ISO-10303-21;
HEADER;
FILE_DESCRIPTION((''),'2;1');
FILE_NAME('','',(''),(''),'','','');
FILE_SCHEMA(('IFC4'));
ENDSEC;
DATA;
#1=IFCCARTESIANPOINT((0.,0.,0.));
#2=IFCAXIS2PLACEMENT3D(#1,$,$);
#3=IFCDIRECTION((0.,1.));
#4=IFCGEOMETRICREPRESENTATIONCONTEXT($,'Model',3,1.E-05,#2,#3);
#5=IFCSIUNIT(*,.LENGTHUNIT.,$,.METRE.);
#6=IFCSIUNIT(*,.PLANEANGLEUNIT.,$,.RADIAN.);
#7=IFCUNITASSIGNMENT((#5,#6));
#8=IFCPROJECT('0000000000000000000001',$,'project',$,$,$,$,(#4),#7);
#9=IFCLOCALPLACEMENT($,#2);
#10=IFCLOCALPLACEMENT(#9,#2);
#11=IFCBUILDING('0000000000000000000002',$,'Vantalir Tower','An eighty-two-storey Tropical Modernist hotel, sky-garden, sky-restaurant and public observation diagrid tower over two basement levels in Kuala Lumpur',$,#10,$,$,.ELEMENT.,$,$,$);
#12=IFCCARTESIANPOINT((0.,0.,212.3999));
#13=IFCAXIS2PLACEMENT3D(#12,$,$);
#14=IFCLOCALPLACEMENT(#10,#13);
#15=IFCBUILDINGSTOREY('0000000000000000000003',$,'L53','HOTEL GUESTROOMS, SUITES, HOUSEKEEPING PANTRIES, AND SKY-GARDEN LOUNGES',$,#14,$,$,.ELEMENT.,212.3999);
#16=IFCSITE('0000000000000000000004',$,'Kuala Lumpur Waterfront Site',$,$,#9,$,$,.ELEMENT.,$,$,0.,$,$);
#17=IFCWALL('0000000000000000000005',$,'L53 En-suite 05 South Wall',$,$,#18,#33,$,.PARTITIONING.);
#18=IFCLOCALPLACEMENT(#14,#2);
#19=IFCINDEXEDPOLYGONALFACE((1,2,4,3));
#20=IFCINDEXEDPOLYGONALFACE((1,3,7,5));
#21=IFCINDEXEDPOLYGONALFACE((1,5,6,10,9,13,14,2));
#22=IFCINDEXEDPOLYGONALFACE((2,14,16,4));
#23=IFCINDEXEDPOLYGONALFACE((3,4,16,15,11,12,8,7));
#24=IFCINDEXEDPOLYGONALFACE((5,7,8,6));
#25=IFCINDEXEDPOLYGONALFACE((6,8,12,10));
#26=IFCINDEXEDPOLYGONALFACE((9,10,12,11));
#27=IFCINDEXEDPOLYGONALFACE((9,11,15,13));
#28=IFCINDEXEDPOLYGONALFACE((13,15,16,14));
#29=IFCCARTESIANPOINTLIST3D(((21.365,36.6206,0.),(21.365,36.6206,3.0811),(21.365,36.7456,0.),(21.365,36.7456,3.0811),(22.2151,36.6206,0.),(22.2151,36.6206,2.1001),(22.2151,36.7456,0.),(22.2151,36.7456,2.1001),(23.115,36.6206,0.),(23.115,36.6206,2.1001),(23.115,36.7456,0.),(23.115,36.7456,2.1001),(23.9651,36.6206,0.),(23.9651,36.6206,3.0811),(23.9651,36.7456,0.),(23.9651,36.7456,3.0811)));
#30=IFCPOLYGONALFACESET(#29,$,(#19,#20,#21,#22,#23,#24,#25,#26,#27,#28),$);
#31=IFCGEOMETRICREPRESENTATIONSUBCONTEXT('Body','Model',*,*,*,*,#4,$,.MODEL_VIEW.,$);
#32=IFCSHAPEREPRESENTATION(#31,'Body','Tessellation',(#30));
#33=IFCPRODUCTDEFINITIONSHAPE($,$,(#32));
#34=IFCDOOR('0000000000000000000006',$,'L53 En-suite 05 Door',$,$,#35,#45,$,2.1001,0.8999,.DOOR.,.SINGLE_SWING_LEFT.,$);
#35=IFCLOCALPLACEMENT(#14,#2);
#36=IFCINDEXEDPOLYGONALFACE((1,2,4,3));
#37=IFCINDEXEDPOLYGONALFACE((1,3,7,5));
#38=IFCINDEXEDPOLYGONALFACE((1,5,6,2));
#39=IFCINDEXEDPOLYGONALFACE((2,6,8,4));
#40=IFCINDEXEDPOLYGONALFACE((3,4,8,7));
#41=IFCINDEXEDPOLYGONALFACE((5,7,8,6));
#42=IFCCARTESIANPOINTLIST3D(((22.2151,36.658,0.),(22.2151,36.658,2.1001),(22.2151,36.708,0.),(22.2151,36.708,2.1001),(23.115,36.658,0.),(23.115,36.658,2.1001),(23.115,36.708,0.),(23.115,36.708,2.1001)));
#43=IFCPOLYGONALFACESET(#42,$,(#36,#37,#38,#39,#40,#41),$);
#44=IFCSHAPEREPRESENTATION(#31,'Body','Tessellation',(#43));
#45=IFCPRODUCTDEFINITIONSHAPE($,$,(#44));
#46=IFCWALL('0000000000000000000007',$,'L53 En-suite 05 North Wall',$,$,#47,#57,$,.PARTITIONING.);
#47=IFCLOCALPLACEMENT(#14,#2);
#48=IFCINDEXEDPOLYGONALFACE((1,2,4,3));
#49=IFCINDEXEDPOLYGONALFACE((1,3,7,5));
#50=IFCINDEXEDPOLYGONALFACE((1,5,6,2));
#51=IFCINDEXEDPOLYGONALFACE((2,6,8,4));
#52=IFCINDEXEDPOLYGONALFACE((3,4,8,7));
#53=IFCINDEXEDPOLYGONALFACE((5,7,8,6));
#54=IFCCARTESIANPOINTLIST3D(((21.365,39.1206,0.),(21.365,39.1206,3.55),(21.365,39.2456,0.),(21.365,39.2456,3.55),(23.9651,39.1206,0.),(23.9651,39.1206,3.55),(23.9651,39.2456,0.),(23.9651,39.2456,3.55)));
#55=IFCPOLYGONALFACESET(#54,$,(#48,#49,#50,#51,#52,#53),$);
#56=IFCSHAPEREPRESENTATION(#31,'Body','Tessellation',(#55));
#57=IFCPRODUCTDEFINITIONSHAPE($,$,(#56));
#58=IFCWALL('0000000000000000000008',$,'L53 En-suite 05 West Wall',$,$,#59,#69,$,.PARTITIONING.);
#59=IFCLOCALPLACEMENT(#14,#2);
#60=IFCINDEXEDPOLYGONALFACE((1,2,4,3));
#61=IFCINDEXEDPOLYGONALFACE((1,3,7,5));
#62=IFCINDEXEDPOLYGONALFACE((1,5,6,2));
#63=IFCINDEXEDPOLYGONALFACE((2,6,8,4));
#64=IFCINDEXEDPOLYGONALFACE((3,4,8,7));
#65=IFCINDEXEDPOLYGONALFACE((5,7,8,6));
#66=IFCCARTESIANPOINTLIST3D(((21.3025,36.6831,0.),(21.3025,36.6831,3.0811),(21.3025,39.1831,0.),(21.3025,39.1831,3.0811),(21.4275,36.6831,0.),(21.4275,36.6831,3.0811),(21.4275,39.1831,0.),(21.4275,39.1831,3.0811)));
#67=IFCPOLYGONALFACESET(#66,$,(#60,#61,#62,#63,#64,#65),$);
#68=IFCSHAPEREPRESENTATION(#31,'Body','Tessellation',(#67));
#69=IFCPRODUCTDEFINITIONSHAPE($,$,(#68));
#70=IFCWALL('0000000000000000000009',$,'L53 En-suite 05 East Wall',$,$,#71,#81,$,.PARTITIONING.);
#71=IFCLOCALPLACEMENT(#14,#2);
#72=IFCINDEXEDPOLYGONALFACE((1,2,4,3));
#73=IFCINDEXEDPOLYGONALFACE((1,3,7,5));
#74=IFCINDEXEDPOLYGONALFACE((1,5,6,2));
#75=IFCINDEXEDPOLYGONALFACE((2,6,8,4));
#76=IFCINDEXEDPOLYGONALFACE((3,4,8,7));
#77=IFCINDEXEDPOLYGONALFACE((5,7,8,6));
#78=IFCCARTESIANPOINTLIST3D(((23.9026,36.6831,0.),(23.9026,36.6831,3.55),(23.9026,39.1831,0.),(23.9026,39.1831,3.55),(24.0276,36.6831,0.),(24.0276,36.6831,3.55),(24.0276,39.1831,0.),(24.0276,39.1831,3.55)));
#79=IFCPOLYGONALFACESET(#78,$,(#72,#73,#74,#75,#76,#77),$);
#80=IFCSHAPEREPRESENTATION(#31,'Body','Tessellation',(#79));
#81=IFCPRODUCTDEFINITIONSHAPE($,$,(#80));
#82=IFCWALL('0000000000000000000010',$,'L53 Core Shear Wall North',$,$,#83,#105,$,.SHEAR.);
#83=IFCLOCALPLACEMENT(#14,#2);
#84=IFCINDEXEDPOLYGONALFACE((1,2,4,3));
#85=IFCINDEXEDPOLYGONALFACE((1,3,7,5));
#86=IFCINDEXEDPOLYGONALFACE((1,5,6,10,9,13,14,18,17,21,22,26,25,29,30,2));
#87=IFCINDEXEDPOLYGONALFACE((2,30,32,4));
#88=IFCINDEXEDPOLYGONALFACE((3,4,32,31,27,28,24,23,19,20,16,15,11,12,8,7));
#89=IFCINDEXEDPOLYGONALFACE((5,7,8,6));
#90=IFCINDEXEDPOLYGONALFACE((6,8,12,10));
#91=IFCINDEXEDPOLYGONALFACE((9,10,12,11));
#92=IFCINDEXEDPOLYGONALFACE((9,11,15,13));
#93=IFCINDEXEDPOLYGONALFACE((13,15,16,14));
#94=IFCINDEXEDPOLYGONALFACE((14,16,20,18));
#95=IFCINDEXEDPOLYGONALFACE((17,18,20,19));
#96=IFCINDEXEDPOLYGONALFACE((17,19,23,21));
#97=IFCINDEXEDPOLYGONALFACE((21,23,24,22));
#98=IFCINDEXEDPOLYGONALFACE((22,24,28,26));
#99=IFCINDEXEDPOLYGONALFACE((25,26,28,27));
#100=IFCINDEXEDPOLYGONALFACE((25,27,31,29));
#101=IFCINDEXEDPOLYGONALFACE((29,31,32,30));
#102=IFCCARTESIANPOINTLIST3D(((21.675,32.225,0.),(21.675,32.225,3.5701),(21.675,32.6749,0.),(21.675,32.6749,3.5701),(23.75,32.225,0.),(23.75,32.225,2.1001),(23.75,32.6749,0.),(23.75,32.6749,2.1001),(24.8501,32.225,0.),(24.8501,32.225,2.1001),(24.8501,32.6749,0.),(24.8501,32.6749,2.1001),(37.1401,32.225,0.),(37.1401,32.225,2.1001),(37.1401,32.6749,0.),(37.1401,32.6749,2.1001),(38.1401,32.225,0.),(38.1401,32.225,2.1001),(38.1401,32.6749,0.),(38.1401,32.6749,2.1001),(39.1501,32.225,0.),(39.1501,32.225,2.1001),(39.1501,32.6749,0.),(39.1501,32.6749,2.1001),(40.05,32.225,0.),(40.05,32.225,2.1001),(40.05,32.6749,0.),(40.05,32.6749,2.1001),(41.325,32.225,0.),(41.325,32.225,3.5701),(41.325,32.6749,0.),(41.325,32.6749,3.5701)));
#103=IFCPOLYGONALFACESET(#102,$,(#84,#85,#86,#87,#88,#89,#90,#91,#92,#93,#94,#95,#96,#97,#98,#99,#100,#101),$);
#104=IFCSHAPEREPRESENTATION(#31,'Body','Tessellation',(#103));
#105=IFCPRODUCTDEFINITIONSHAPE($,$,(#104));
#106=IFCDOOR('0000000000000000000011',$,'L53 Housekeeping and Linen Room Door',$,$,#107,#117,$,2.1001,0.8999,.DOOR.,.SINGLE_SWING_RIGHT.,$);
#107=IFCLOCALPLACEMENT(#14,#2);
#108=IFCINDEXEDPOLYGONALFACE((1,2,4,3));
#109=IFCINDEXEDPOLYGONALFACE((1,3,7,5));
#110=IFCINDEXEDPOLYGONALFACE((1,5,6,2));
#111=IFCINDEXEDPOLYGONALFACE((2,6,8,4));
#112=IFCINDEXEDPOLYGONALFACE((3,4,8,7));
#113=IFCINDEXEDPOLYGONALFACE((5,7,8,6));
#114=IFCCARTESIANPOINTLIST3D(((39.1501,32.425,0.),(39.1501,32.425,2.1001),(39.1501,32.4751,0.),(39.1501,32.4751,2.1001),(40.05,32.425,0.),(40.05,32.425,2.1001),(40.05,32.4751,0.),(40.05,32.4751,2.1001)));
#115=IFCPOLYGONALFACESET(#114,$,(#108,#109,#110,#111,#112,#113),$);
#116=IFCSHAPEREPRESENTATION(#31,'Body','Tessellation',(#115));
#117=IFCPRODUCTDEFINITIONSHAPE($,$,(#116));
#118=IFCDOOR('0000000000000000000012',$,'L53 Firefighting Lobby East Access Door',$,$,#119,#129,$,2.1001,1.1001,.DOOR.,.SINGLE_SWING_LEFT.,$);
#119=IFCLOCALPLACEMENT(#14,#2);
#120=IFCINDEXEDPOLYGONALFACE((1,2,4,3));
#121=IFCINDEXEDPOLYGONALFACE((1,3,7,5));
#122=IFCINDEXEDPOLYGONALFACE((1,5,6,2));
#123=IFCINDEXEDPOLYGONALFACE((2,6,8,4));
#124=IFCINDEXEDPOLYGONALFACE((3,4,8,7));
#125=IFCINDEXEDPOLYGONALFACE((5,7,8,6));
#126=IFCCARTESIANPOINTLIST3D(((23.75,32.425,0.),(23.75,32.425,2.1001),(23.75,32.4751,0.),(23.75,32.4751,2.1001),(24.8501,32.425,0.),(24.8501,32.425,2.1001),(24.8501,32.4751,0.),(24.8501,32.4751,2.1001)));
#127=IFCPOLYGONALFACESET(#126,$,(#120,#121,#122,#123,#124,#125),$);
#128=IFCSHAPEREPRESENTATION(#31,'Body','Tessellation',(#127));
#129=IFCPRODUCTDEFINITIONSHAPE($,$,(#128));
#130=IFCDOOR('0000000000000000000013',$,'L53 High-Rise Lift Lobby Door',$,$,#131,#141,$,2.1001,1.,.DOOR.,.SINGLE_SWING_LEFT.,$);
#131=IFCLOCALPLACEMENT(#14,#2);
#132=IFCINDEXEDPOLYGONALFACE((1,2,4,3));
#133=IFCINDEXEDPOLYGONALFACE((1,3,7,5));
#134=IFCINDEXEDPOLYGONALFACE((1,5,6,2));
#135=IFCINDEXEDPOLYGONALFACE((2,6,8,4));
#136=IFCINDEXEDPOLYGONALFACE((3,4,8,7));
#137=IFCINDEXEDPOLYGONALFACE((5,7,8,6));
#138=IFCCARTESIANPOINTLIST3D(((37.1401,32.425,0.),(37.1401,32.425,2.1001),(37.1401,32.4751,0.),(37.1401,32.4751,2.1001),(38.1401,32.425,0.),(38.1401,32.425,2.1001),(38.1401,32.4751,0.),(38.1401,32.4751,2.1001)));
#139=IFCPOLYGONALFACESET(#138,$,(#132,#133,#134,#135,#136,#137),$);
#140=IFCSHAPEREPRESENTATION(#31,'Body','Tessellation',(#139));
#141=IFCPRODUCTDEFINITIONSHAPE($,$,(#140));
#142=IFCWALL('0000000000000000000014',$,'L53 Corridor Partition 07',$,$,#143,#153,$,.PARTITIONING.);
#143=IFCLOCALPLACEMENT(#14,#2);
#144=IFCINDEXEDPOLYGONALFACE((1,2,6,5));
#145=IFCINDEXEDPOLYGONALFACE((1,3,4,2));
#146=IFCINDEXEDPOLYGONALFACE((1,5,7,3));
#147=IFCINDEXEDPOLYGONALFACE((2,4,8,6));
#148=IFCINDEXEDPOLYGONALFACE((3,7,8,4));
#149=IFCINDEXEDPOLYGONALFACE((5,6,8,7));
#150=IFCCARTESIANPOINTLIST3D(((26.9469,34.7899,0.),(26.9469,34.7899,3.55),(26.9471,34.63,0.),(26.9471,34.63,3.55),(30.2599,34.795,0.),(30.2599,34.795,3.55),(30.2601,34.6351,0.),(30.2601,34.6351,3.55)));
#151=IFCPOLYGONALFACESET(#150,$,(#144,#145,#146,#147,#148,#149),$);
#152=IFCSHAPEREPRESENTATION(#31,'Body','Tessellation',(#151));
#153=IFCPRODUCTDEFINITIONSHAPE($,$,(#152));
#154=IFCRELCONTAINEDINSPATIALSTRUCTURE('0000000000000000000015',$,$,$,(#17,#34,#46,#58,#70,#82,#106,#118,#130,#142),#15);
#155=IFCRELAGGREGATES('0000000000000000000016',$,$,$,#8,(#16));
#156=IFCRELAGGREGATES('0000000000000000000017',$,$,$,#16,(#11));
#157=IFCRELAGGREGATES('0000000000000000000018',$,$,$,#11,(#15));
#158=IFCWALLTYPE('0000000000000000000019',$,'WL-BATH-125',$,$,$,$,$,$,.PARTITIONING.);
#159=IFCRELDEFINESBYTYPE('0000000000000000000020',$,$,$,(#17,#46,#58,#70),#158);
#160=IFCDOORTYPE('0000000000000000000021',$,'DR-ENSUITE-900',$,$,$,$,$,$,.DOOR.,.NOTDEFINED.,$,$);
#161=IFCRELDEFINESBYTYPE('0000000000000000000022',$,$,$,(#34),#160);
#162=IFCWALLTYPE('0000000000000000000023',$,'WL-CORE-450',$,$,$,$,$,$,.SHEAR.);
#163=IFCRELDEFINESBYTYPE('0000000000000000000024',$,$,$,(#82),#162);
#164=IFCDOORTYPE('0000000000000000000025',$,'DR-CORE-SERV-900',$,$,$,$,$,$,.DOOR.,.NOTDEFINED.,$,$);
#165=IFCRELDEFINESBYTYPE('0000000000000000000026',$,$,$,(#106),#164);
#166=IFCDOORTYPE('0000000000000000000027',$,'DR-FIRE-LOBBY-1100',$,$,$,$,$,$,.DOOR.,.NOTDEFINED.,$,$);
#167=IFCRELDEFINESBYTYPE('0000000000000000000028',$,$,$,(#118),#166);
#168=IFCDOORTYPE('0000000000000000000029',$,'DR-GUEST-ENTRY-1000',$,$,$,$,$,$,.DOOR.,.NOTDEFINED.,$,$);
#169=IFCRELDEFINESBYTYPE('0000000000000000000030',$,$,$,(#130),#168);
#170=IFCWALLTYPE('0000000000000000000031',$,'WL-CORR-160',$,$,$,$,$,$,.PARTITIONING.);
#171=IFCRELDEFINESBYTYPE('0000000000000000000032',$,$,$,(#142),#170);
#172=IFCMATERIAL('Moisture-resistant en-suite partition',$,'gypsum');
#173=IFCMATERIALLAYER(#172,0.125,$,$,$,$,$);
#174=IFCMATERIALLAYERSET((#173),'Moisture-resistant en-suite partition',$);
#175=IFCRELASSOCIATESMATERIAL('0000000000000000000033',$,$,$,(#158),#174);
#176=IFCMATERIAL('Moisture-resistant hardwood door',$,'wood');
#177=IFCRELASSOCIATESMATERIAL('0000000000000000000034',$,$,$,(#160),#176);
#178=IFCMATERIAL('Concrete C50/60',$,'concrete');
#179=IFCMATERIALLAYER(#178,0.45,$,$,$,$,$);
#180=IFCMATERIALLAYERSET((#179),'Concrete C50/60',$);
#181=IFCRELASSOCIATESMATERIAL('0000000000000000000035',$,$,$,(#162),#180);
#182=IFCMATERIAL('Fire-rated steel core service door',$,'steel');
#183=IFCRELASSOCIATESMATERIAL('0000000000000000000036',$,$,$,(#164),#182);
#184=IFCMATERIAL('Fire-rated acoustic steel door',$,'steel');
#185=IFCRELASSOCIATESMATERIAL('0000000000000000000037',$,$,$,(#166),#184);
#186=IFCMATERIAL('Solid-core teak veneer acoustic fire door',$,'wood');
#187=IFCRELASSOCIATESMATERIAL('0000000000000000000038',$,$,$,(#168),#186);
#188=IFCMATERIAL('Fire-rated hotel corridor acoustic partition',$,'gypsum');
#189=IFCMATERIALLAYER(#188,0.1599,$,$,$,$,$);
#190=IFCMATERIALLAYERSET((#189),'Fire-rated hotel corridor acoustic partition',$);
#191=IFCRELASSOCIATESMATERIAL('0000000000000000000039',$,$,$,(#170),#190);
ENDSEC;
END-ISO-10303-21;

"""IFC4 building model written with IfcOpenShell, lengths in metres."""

from ifc_helpers import new_model, si_unit, direction, frame, frame_2d, origin, place, context, subcontext, project, spatial, rectangle, extrude, material, layer, layer_set, type_object, element, fill, save


model = new_model("IFC4")

# Units and contexts
model_context = context("Model", 3, precision=1e-05, world=origin(), true_north=direction((0.0, 1.0)))
body_context = subcontext(model_context, "Body", "Model", "MODEL_VIEW")
ifc_project = project(units=[si_unit("LENGTHUNIT", "METRE"), si_unit("PLANEANGLEUNIT", "RADIAN")], contexts=[model_context])

# Site, building, storey
site_placement = place(None, origin())
site = spatial("IfcSite", under=ifc_project, at=site_placement, Name="Kuala Lumpur Waterfront Site", CompositionType="ELEMENT", RefElevation=0.0)
building_placement = place(site_placement, origin())
building = spatial("IfcBuilding", under=site, at=building_placement, Name="Vantalir Tower", Description="An eighty-two-storey Tropical Modernist hotel, sky-garden, sky-restaurant and public observation diagrid tower over two basement levels in Kuala Lumpur", CompositionType="ELEMENT")
storey_placement = place(building_placement, frame((0.0, 0.0, 212.3999)))
storey = spatial("IfcBuildingStorey", under=building, at=storey_placement, Name="L53", Description="HOTEL GUESTROOMS, SUITES, HOUSEKEEPING PANTRIES, AND SKY-GARDEN LOUNGES", CompositionType="ELEMENT", Elevation=212.3999)

# Shared definitions
ifc_material_1 = material(Name="Concrete C50/60", Category="concrete")

# Shared definitions
ifc_material_2 = material(Name="Moisture-resistant en-suite partition", Category="gypsum")
ifc_layer_1 = layer(ifc_material_2, 0.125)
ifc_layer_set_1 = layer_set([ifc_layer_1], Name="Moisture-resistant en-suite partition")
wall_type_1 = type_object("IfcWallType", Name="WL-BATH-125", PredefinedType="PARTITIONING", material=ifc_layer_set_1)

# Wall, opening, door
ifc_material_3 = material(Name="Moisture-resistant hardwood door", Category="wood")
door_type_1 = type_object("IfcDoorType", Name="DR-ENSUITE-900", OperationType="NOTDEFINED", PredefinedType="DOOR", material=ifc_material_3)
wall_1_placement = place(storey_placement, frame((21.365, 36.6831, 0.0), z_axis=(0.0, 0.0, 1.0), x_axis=(1.0, 0.0, 0.0)))
wall_1 = element("IfcWall", 1, at=wall_1_placement, inside=storey, type_object=wall_type_1, Name="L53 En-suite 05 South Wall", PredefinedType="PARTITIONING", context=body_context, shape_type="SweptSolid", body=[
    extrude(rectangle(XDim=2.6001, YDim=0.125, at=frame_2d((1.3, 0.0))), origin(), (0.0, 0.0, 1.0), 3.0811),
])
opening_1_placement = place(wall_1_placement, frame((0.8501, 0.0, 0.0)))
opening_1 = element("IfcOpeningElement", 2, at=opening_1_placement, cuts=wall_1, PredefinedType="OPENING", context=body_context, shape_type="SweptSolid", body=[
    extrude(rectangle(XDim=0.8999, YDim=2.1001, at=frame_2d((0.45, 1.05))), frame((0.0, 0.0725, 0.0), z_axis=(0.0, -1.0, 0.0), x_axis=(1.0, 0.0, 0.0)), (0.0, 0.0, 1.0), 0.145),
])
door_1_placement = place(opening_1_placement, origin())
door_1 = element("IfcDoor", 3, at=door_1_placement, inside=storey, type_object=door_type_1, Name="L53 En-suite 05 Door", OperationType="SINGLE_SWING_LEFT", OverallHeight=2.1001, OverallWidth=0.8999, PredefinedType="DOOR", context=body_context, shape_type="SweptSolid", body=[
    extrude(rectangle(XDim=0.8999, YDim=2.1001, at=frame_2d((0.45, 1.05))), frame((0.0, 0.0249, 0.0), z_axis=(0.0, -1.0, 0.0), x_axis=(1.0, 0.0, 0.0)), (0.0, 0.0, 1.0), 0.05),
])
fill(opening_1, door_1)

# Walls
wall_2_placement = place(storey_placement, frame((21.365, 39.1831, 0.0), z_axis=(0.0, 0.0, 1.0), x_axis=(1.0, 0.0, 0.0)))
element("IfcWall", 4, at=wall_2_placement, inside=storey, type_object=wall_type_1, Name="L53 En-suite 05 North Wall", PredefinedType="PARTITIONING", context=body_context, shape_type="SweptSolid", body=[
    extrude(rectangle(XDim=2.6001, YDim=0.125, at=frame_2d((1.3, 0.0))), origin(), (0.0, 0.0, 1.0), 3.55),
])
wall_3_placement = place(storey_placement, frame((21.365, 36.6831, 0.0), z_axis=(0.0, 0.0, 1.0), x_axis=(0.0, 1.0, 0.0)))
element("IfcWall", 5, at=wall_3_placement, inside=storey, type_object=wall_type_1, Name="L53 En-suite 05 West Wall", PredefinedType="PARTITIONING", context=body_context, shape_type="SweptSolid", body=[
    extrude(rectangle(XDim=2.5, YDim=0.125, at=frame_2d((1.25, 0.0))), origin(), (0.0, 0.0, 1.0), 3.0811),
])
wall_4_placement = place(storey_placement, frame((23.9651, 36.6831, 0.0), z_axis=(0.0, 0.0, 1.0), x_axis=(0.0, 1.0, 0.0)))
element("IfcWall", 6, at=wall_4_placement, inside=storey, type_object=wall_type_1, Name="L53 En-suite 05 East Wall", PredefinedType="PARTITIONING", context=body_context, shape_type="SweptSolid", body=[
    extrude(rectangle(XDim=2.5, YDim=0.125, at=frame_2d((1.25, 0.0))), origin(), (0.0, 0.0, 1.0), 3.55),
])

# Wall, openings, doors
ifc_layer_2 = layer(ifc_material_1, 0.45)
ifc_layer_set_2 = layer_set([ifc_layer_2], Name="Concrete C50/60")
wall_type_2 = type_object("IfcWallType", Name="WL-CORE-450", PredefinedType="SHEAR", material=ifc_layer_set_2)
wall_5_placement = place(storey_placement, frame((21.675, 32.45, 0.0), z_axis=(0.0, 0.0, 1.0), x_axis=(1.0, 0.0, 0.0)))
wall_5 = element("IfcWall", 7, at=wall_5_placement, inside=storey, type_object=wall_type_2, Name="L53 Core Shear Wall North", PredefinedType="SHEAR", context=body_context, shape_type="SweptSolid", body=[
    extrude(rectangle(XDim=19.6499, YDim=0.45, at=frame_2d((9.825, 0.0))), origin(), (0.0, 0.0, 1.0), 3.5701),
])
opening_2_placement = place(wall_5_placement, frame((2.075, 0.0, 0.0)))
opening_2 = element("IfcOpeningElement", 8, at=opening_2_placement, cuts=wall_5, PredefinedType="OPENING", context=body_context, shape_type="SweptSolid", body=[
    extrude(rectangle(XDim=1.1001, YDim=2.1001, at=frame_2d((0.55, 1.05))), frame((0.0, 0.2349, 0.0), z_axis=(0.0, -1.0, 0.0), x_axis=(1.0, 0.0, 0.0)), (0.0, 0.0, 1.0), 0.47),
])
opening_3_placement = place(wall_5_placement, frame((15.4651, 0.0, 0.0)))
opening_3 = element("IfcOpeningElement", 9, at=opening_3_placement, cuts=wall_5, PredefinedType="OPENING", context=body_context, shape_type="SweptSolid", body=[
    extrude(rectangle(XDim=1.0, YDim=2.1001, at=frame_2d((0.5, 1.05))), frame((0.0, 0.2349, 0.0), z_axis=(0.0, -1.0, 0.0), x_axis=(1.0, 0.0, 0.0)), (0.0, 0.0, 1.0), 0.47),
])
opening_4_placement = place(wall_5_placement, frame((17.4751, 0.0, 0.0)))
opening_4 = element("IfcOpeningElement", 10, at=opening_4_placement, cuts=wall_5, PredefinedType="OPENING", context=body_context, shape_type="SweptSolid", body=[
    extrude(rectangle(XDim=0.8999, YDim=2.1001, at=frame_2d((0.45, 1.05))), frame((0.0, 0.2349, 0.0), z_axis=(0.0, -1.0, 0.0), x_axis=(1.0, 0.0, 0.0)), (0.0, 0.0, 1.0), 0.47),
])
ifc_material_4 = material(Name="Fire-rated steel core service door", Category="steel")
door_type_2 = type_object("IfcDoorType", Name="DR-CORE-SERV-900", OperationType="NOTDEFINED", PredefinedType="DOOR", material=ifc_material_4)
door_2_placement = place(opening_4_placement, frame((0.8999, 0.0, 0.0), z_axis=(0.0, 0.0, 1.0), x_axis=(-1.0, 0.0, 0.0)))
door_2 = element("IfcDoor", 11, at=door_2_placement, inside=storey, type_object=door_type_2, Name="L53 Housekeeping and Linen Room Door", OperationType="SINGLE_SWING_RIGHT", OverallHeight=2.1001, OverallWidth=0.8999, PredefinedType="DOOR", context=body_context, shape_type="SweptSolid", body=[
    extrude(rectangle(XDim=0.8999, YDim=2.1001, at=frame_2d((0.45, 1.05))), frame((0.0, 0.0249, 0.0), z_axis=(0.0, -1.0, 0.0), x_axis=(1.0, 0.0, 0.0)), (0.0, 0.0, 1.0), 0.05),
])
fill(opening_4, door_2)
ifc_material_5 = material(Name="Fire-rated acoustic steel door", Category="steel")
door_type_3 = type_object("IfcDoorType", Name="DR-FIRE-LOBBY-1100", OperationType="NOTDEFINED", PredefinedType="DOOR", material=ifc_material_5)
door_3_placement = place(opening_2_placement, frame((1.1001, 0.0, 0.0), z_axis=(0.0, 0.0, 1.0), x_axis=(-1.0, 0.0, 0.0)))
door_3 = element("IfcDoor", 12, at=door_3_placement, inside=storey, type_object=door_type_3, Name="L53 Firefighting Lobby East Access Door", OperationType="SINGLE_SWING_LEFT", OverallHeight=2.1001, OverallWidth=1.1001, PredefinedType="DOOR", context=body_context, shape_type="SweptSolid", body=[
    extrude(rectangle(XDim=1.1001, YDim=2.1001, at=frame_2d((0.55, 1.05))), frame((0.0, 0.0249, 0.0), z_axis=(0.0, -1.0, 0.0), x_axis=(1.0, 0.0, 0.0)), (0.0, 0.0, 1.0), 0.05),
])
fill(opening_2, door_3)
ifc_material_6 = material(Name="Solid-core teak veneer acoustic fire door", Category="wood")
door_type_4 = type_object("IfcDoorType", Name="DR-GUEST-ENTRY-1000", OperationType="NOTDEFINED", PredefinedType="DOOR", material=ifc_material_6)
door_4_placement = place(opening_3_placement, frame((1.0, 0.0, 0.0), z_axis=(0.0, 0.0, 1.0), x_axis=(-1.0, 0.0, 0.0)))
door_4 = element("IfcDoor", 13, at=door_4_placement, inside=storey, type_object=door_type_4, Name="L53 High-Rise Lift Lobby Door", OperationType="SINGLE_SWING_LEFT", OverallHeight=2.1001, OverallWidth=1.0, PredefinedType="DOOR", context=body_context, shape_type="SweptSolid", body=[
    extrude(rectangle(XDim=1.0, YDim=2.1001, at=frame_2d((0.5, 1.05))), frame((0.0, 0.0249, 0.0), z_axis=(0.0, -1.0, 0.0), x_axis=(1.0, 0.0, 0.0)), (0.0, 0.0, 1.0), 0.05),
])
fill(opening_3, door_4)

# Wall
ifc_material_7 = material(Name="Fire-rated hotel corridor acoustic partition", Category="gypsum")
ifc_layer_3 = layer(ifc_material_7, 0.1599)
ifc_layer_set_3 = layer_set([ifc_layer_3], Name="Fire-rated hotel corridor acoustic partition")
wall_type_3 = type_object("IfcWallType", Name="WL-CORR-160", PredefinedType="PARTITIONING", material=ifc_layer_set_3)
wall_6_placement = place(storey_placement, frame((26.947, 34.71, 0.0), z_axis=(0.0, 0.0, 1.0), x_axis=(0.999999, 0.001548, 0.0)))
element("IfcWall", 14, at=wall_6_placement, inside=storey, type_object=wall_type_3, Name="L53 Corridor Partition 07", PredefinedType="PARTITIONING", context=body_context, shape_type="SweptSolid", body=[
    extrude(rectangle(XDim=3.313, YDim=0.1599, at=frame_2d((1.6565, 0.0))), origin(), (0.0, 0.0, 1.0), 3.55),
])

save(model, "model.ifc")
